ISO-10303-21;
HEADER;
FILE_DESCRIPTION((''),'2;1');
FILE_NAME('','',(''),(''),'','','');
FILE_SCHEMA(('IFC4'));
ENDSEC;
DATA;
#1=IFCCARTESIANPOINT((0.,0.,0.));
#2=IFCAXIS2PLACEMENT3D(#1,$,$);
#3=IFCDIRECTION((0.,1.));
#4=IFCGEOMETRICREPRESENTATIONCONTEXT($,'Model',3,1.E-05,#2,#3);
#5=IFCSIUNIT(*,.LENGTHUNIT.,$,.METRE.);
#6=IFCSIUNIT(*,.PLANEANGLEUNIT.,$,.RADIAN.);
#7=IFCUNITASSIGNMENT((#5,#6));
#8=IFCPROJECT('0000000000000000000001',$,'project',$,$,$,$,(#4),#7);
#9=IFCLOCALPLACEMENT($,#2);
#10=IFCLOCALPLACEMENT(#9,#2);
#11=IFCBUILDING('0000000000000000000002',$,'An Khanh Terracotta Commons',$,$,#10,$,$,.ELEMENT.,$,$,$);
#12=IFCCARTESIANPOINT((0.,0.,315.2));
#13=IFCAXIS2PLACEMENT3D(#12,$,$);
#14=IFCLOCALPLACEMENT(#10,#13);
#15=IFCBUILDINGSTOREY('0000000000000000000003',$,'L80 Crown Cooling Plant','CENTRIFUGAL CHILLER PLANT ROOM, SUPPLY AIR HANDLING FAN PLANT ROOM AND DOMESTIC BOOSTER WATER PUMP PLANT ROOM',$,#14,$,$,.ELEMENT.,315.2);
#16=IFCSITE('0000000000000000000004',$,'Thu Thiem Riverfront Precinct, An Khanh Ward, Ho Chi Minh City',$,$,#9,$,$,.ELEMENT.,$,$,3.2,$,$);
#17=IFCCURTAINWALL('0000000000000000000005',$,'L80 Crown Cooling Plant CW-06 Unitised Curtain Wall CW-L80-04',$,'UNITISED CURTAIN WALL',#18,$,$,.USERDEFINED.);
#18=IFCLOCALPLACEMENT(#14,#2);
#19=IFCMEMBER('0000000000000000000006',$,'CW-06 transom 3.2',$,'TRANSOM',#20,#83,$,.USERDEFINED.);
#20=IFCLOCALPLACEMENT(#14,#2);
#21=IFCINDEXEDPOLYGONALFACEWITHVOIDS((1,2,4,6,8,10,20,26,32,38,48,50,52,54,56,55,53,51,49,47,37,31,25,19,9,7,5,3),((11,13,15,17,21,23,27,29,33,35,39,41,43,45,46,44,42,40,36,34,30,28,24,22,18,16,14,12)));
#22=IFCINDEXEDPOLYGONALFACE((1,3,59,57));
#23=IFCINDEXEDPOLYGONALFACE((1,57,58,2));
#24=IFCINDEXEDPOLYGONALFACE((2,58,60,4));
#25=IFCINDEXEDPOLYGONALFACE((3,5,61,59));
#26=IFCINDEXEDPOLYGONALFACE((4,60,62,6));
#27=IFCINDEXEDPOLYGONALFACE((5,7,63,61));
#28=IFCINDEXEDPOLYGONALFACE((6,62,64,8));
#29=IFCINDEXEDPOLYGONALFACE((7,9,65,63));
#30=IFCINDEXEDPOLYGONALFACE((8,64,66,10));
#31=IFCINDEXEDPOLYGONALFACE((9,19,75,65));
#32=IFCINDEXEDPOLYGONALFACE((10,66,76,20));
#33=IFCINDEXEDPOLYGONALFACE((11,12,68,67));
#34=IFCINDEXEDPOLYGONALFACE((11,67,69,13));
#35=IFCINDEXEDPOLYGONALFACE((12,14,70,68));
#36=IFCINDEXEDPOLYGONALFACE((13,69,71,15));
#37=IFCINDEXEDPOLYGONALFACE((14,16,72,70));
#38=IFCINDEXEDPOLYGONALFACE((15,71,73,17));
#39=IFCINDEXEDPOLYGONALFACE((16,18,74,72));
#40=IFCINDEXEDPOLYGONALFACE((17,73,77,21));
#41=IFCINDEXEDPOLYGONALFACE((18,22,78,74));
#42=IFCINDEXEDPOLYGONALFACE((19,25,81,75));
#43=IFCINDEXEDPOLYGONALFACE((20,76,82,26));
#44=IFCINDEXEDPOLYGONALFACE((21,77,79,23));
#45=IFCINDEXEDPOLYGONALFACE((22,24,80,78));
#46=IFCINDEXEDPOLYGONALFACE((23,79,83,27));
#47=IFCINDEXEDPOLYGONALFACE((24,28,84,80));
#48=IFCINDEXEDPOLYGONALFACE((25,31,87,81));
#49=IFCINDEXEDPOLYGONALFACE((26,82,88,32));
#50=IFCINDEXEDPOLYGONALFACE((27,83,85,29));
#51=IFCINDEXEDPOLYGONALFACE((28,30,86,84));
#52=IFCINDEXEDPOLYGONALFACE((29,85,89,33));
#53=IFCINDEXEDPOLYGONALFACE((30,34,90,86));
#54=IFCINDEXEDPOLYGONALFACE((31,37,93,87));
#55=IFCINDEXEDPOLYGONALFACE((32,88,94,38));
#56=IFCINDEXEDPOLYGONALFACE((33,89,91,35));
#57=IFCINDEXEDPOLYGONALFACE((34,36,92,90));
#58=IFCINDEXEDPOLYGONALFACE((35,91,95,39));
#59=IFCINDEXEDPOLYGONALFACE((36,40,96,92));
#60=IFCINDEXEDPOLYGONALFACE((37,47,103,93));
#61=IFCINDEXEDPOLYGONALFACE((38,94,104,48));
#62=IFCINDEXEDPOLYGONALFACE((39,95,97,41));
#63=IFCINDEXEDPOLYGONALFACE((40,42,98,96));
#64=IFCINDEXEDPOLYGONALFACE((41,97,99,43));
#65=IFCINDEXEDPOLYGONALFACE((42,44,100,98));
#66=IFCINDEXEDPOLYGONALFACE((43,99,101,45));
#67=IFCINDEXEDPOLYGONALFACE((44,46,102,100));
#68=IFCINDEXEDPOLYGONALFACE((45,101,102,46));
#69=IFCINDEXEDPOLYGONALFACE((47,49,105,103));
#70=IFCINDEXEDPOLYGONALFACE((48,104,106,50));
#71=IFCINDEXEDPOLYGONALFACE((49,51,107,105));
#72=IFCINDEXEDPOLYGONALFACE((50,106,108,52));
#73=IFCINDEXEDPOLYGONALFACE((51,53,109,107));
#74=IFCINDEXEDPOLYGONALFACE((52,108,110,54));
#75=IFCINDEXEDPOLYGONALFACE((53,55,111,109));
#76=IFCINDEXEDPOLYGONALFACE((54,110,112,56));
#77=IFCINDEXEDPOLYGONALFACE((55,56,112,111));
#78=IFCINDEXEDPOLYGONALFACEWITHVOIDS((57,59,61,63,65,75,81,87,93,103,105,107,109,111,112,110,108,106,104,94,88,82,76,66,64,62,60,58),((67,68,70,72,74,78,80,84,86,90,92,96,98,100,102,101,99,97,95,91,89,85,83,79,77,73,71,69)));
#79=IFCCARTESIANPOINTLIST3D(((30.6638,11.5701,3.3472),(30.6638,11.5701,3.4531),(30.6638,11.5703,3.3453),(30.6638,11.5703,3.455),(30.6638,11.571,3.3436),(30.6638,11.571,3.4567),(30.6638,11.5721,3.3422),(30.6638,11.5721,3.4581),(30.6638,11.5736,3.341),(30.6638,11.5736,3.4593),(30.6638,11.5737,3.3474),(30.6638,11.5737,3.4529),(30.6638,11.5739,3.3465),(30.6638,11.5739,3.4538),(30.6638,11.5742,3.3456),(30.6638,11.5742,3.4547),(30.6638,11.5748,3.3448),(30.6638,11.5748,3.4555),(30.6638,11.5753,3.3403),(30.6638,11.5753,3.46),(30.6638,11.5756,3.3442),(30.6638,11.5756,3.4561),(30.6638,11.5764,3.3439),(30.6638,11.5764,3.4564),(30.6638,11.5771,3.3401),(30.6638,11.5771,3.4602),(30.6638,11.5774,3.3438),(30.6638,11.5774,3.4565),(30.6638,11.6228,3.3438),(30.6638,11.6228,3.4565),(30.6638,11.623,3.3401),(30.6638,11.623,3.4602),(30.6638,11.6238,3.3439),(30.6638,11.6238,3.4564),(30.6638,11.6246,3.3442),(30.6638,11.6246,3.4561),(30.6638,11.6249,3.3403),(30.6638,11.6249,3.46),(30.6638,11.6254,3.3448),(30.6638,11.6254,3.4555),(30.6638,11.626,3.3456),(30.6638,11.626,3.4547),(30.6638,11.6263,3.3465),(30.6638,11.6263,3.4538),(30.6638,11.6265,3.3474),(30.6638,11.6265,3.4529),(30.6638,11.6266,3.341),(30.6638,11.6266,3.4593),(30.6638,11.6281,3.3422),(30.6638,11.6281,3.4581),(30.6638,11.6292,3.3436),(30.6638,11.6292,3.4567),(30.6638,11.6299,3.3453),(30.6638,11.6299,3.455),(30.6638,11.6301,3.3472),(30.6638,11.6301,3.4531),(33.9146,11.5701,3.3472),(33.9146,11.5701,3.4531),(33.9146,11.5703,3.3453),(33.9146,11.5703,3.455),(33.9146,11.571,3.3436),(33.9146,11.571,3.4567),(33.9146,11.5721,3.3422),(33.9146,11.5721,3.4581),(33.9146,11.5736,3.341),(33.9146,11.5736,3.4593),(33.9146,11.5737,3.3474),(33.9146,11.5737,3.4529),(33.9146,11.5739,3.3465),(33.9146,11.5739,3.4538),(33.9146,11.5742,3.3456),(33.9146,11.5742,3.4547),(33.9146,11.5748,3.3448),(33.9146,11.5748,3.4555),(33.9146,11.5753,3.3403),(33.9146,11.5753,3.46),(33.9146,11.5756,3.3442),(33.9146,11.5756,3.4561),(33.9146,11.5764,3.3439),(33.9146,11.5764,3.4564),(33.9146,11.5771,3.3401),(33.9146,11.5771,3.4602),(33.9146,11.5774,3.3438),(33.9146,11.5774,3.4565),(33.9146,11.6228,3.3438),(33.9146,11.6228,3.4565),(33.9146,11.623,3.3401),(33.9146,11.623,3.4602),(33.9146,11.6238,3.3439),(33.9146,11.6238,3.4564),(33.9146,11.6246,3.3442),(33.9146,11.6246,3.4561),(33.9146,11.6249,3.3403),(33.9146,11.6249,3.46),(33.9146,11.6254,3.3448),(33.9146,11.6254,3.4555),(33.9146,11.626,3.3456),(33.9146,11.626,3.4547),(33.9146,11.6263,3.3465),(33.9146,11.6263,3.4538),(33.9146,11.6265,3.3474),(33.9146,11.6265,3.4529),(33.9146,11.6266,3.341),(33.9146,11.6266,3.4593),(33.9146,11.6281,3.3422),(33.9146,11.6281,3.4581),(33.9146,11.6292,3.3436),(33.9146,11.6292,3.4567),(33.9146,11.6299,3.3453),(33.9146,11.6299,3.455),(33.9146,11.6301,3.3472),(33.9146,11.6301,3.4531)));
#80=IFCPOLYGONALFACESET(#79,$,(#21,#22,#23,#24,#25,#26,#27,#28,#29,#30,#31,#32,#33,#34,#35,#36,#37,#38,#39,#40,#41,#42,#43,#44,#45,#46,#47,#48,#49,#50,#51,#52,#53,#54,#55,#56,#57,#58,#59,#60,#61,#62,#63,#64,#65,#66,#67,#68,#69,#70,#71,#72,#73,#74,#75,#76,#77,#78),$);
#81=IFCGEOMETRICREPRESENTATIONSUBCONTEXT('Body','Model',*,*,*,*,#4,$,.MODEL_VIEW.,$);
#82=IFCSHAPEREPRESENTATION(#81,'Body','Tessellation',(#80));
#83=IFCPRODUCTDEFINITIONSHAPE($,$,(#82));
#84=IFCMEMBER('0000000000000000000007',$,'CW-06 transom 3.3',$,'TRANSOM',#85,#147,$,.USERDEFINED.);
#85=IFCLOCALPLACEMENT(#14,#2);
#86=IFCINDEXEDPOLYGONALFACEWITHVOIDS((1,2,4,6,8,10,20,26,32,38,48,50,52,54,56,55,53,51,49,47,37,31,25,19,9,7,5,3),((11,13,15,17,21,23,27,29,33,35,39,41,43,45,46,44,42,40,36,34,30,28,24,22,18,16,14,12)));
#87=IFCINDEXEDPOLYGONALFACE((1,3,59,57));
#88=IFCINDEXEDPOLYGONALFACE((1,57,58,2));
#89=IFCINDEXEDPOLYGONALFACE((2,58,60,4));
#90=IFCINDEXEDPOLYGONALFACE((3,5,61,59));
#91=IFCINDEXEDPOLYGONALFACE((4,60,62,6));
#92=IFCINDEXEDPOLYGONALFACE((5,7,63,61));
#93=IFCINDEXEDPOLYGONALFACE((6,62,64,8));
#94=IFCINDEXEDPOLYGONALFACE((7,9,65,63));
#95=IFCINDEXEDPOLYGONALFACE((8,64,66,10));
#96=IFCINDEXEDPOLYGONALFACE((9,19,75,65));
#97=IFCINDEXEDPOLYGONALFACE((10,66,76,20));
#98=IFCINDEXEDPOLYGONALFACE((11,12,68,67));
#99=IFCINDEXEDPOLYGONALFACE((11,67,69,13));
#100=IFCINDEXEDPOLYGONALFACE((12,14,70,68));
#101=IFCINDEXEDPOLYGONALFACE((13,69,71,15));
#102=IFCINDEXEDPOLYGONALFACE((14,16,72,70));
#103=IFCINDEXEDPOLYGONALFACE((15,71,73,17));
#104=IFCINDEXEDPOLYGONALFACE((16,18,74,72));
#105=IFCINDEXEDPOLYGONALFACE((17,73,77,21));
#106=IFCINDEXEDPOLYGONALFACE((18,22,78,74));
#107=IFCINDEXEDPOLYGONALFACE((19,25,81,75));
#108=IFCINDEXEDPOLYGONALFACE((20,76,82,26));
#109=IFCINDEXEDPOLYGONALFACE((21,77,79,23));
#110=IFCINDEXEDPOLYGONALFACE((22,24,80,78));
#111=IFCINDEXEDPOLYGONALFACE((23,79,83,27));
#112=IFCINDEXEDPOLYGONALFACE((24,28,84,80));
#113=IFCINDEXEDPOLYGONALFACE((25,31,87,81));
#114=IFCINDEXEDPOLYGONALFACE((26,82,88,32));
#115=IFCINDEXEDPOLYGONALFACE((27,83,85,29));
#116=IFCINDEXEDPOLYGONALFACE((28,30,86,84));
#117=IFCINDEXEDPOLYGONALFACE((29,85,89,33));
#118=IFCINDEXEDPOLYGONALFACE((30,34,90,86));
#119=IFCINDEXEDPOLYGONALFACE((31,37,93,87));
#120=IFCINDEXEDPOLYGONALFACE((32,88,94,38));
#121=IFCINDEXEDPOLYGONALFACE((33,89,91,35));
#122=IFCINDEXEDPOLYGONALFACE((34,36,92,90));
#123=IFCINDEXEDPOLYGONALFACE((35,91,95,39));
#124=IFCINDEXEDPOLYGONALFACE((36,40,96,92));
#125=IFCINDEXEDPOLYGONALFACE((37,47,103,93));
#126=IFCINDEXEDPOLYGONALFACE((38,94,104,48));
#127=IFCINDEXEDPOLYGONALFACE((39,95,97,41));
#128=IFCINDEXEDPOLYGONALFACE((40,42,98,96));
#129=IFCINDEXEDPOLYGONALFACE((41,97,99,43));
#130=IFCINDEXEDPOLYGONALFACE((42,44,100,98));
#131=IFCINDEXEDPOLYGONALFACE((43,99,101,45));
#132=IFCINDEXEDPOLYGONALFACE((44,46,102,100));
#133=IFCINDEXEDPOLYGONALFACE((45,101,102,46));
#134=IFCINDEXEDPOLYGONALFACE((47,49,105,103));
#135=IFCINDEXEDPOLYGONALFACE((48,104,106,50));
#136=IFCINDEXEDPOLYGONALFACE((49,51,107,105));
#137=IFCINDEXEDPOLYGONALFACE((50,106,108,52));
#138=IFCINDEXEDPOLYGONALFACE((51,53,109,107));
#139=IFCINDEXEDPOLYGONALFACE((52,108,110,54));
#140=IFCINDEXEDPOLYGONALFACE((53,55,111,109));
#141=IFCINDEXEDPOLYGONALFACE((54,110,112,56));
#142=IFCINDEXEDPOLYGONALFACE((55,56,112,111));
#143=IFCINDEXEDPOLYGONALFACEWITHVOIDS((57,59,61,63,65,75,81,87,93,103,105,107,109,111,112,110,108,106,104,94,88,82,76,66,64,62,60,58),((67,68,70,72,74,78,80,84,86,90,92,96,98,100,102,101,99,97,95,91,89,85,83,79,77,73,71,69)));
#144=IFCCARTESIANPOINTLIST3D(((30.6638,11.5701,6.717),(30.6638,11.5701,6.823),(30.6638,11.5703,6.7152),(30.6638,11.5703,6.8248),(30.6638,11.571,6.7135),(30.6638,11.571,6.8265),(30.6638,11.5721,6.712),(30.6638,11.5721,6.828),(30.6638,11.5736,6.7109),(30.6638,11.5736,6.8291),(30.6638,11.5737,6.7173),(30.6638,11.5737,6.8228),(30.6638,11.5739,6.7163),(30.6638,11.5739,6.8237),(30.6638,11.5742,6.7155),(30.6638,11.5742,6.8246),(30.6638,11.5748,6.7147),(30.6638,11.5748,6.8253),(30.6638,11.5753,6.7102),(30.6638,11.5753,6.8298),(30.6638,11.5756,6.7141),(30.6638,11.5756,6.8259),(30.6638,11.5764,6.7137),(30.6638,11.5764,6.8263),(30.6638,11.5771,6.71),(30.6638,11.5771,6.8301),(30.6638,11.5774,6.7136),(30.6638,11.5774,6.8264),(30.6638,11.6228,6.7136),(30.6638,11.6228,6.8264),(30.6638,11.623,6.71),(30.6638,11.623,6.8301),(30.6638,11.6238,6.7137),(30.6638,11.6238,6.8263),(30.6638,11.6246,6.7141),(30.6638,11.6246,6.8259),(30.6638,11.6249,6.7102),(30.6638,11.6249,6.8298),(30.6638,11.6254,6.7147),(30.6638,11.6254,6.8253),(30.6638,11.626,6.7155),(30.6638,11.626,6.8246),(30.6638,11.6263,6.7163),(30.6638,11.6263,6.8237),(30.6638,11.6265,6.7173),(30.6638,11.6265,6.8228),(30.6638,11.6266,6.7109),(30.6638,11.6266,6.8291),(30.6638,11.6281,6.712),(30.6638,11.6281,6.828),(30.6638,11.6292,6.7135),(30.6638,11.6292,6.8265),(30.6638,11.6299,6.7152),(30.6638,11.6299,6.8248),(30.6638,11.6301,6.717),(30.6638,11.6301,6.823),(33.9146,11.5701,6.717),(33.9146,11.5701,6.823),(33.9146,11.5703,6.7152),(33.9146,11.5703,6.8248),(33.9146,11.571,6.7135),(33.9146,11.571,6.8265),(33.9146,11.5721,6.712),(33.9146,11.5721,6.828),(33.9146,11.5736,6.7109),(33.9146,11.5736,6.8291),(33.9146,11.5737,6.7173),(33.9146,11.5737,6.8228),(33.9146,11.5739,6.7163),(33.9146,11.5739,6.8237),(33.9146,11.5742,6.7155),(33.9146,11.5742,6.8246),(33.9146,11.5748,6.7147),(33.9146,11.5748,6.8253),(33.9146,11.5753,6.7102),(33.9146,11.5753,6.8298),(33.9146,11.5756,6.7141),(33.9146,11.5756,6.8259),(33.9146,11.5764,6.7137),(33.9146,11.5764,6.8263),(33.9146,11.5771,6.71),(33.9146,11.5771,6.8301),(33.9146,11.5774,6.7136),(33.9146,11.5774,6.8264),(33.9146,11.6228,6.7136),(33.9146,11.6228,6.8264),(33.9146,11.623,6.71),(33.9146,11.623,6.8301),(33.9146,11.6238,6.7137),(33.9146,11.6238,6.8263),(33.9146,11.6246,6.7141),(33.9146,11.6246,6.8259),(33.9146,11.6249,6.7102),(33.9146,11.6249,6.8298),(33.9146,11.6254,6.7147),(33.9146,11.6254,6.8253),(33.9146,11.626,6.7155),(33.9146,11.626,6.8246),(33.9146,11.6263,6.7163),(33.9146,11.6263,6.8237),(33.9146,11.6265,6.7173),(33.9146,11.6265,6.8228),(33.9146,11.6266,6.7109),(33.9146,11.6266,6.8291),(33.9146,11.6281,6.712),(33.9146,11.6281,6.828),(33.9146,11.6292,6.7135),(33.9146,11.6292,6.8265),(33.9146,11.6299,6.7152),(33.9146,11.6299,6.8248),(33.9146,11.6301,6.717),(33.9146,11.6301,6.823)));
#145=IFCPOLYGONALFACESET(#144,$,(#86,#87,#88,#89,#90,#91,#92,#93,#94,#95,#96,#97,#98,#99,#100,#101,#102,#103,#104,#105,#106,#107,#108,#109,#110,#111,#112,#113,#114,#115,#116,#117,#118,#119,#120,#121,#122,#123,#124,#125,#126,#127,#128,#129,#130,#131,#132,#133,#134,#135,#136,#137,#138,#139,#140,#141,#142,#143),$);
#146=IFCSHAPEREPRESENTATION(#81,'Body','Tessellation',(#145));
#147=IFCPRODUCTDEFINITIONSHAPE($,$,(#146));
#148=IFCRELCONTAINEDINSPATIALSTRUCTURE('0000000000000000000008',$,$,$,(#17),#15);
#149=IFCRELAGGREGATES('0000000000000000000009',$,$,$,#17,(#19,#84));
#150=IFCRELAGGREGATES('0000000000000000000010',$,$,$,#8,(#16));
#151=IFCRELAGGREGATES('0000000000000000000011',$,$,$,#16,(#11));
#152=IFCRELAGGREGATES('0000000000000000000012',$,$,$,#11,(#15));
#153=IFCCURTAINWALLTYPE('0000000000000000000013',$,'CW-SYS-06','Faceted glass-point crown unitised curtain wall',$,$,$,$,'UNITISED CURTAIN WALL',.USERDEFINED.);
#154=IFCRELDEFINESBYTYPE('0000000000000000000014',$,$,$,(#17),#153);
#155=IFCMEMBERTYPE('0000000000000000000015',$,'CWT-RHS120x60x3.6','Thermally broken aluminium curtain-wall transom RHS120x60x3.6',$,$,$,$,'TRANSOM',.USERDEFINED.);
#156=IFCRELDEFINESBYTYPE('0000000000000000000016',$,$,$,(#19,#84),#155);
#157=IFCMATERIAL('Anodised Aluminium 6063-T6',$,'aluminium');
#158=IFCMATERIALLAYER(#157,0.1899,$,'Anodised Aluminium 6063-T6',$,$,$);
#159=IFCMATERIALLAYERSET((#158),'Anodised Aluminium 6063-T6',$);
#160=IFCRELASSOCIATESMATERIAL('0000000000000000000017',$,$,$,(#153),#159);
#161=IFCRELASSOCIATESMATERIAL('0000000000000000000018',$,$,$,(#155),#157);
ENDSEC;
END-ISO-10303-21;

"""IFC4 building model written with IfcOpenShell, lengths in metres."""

from ifc_helpers import new_model, si_unit, direction, frame, origin, origin_2d, place, context, subcontext, project, spatial, hollow_rectangle, extrude, material, layer, layer_set, material_profile, profile_set, type_object, element, aggregate, save


model = new_model("IFC4")

# Units and contexts
model_context = context("Model", 3, precision=1e-05, world=origin(), true_north=direction((0.0, 1.0)))
body_context = subcontext(model_context, "Body", "Model", "MODEL_VIEW")
ifc_project = project(units=[si_unit("LENGTHUNIT", "METRE"), si_unit("PLANEANGLEUNIT", "RADIAN")], contexts=[model_context])

# Site, building, storey
site_placement = place(None, origin())
site = spatial("IfcSite", under=ifc_project, at=site_placement, Name="Thu Thiem Riverfront Precinct, An Khanh Ward, Ho Chi Minh City", CompositionType="ELEMENT", RefElevation=3.2)
building_placement = place(site_placement, origin())
building = spatial("IfcBuilding", under=site, at=building_placement, Name="An Khanh Terracotta Commons", CompositionType="ELEMENT")
storey_placement = place(building_placement, frame((0.0, 0.0, 315.2)))
storey = spatial("IfcBuildingStorey", under=building, at=storey_placement, Name="L80 Crown Cooling Plant", Description="CENTRIFUGAL CHILLER PLANT ROOM, SUPPLY AIR HANDLING FAN PLANT ROOM AND DOMESTIC BOOSTER WATER PUMP PLANT ROOM", CompositionType="ELEMENT", Elevation=315.2)

# Curtain wall, members
ifc_material_1 = material(Name="Anodised Aluminium 6063-T6", Category="aluminium")
ifc_layer_1 = layer(ifc_material_1, 0.1899, Name="Anodised Aluminium 6063-T6")
ifc_layer_set_1 = layer_set([ifc_layer_1], Name="Anodised Aluminium 6063-T6")
curtain_wall_type = type_object("IfcCurtainWallType", Name="CW-SYS-06", Description="Faceted glass-point crown unitised curtain wall", ElementType="UNITISED CURTAIN WALL", PredefinedType="USERDEFINED", material=ifc_layer_set_1)
curtain_wall_placement = place(storey_placement, origin())
curtain_wall = element("IfcCurtainWall", 1, at=curtain_wall_placement, inside=storey, type_object=curtain_wall_type, Name="L80 Crown Cooling Plant CW-06 Unitised Curtain Wall CW-L80-04", ObjectType="UNITISED CURTAIN WALL", PredefinedType="USERDEFINED")
ifc_material_profile_1 = material_profile(ifc_material_1, hollow_rectangle(XDim=0.0601, YDim=0.1201, WallThickness=0.0037, InnerFilletRadius=0.0037, OuterFilletRadius=0.0071, at=origin_2d()), Name="RHS120x60x3.6")
ifc_profile_set_1 = profile_set([ifc_material_profile_1], Name="Anodised Aluminium 6063-T6")
member_type_1 = type_object("IfcMemberType", Name="CWT-RHS120x60x3.6", Description="Thermally broken aluminium curtain-wall transom RHS120x60x3.6", ElementType="TRANSOM", PredefinedType="USERDEFINED", material=ifc_profile_set_1)
member_1_placement = place(storey_placement, frame((30.6638, 11.6001, 3.4001), z_axis=(1.0, 0.0, 0.0), x_axis=(0.0, 1.0, 0.0)))
member_1 = element("IfcMember", 2, at=member_1_placement, type_object=member_type_1, Name="CW-06 transom 3.2", ObjectType="TRANSOM", PredefinedType="USERDEFINED", context=body_context, shape_type="SweptSolid", body=[
    extrude(hollow_rectangle(XDim=0.0601, YDim=0.1201, WallThickness=0.0037, InnerFilletRadius=0.0037, OuterFilletRadius=0.0071, at=origin_2d()), origin(), (0.0, 0.0, 1.0), 3.2507),
])
member_2_placement = place(storey_placement, frame((30.6638, 11.6001, 6.77), z_axis=(1.0, 0.0, 0.0), x_axis=(0.0, 1.0, 0.0)))
member_2 = element("IfcMember", 3, at=member_2_placement, type_object=member_type_1, Name="CW-06 transom 3.3", ObjectType="TRANSOM", PredefinedType="USERDEFINED", context=body_context, shape_type="SweptSolid", body=[
    extrude(hollow_rectangle(XDim=0.0601, YDim=0.1201, WallThickness=0.0037, InnerFilletRadius=0.0037, OuterFilletRadius=0.0071, at=origin_2d()), origin(), (0.0, 0.0, 1.0), 3.2507),
])
aggregate(curtain_wall, [member_1, member_2])

save(model, "model.ifc")
